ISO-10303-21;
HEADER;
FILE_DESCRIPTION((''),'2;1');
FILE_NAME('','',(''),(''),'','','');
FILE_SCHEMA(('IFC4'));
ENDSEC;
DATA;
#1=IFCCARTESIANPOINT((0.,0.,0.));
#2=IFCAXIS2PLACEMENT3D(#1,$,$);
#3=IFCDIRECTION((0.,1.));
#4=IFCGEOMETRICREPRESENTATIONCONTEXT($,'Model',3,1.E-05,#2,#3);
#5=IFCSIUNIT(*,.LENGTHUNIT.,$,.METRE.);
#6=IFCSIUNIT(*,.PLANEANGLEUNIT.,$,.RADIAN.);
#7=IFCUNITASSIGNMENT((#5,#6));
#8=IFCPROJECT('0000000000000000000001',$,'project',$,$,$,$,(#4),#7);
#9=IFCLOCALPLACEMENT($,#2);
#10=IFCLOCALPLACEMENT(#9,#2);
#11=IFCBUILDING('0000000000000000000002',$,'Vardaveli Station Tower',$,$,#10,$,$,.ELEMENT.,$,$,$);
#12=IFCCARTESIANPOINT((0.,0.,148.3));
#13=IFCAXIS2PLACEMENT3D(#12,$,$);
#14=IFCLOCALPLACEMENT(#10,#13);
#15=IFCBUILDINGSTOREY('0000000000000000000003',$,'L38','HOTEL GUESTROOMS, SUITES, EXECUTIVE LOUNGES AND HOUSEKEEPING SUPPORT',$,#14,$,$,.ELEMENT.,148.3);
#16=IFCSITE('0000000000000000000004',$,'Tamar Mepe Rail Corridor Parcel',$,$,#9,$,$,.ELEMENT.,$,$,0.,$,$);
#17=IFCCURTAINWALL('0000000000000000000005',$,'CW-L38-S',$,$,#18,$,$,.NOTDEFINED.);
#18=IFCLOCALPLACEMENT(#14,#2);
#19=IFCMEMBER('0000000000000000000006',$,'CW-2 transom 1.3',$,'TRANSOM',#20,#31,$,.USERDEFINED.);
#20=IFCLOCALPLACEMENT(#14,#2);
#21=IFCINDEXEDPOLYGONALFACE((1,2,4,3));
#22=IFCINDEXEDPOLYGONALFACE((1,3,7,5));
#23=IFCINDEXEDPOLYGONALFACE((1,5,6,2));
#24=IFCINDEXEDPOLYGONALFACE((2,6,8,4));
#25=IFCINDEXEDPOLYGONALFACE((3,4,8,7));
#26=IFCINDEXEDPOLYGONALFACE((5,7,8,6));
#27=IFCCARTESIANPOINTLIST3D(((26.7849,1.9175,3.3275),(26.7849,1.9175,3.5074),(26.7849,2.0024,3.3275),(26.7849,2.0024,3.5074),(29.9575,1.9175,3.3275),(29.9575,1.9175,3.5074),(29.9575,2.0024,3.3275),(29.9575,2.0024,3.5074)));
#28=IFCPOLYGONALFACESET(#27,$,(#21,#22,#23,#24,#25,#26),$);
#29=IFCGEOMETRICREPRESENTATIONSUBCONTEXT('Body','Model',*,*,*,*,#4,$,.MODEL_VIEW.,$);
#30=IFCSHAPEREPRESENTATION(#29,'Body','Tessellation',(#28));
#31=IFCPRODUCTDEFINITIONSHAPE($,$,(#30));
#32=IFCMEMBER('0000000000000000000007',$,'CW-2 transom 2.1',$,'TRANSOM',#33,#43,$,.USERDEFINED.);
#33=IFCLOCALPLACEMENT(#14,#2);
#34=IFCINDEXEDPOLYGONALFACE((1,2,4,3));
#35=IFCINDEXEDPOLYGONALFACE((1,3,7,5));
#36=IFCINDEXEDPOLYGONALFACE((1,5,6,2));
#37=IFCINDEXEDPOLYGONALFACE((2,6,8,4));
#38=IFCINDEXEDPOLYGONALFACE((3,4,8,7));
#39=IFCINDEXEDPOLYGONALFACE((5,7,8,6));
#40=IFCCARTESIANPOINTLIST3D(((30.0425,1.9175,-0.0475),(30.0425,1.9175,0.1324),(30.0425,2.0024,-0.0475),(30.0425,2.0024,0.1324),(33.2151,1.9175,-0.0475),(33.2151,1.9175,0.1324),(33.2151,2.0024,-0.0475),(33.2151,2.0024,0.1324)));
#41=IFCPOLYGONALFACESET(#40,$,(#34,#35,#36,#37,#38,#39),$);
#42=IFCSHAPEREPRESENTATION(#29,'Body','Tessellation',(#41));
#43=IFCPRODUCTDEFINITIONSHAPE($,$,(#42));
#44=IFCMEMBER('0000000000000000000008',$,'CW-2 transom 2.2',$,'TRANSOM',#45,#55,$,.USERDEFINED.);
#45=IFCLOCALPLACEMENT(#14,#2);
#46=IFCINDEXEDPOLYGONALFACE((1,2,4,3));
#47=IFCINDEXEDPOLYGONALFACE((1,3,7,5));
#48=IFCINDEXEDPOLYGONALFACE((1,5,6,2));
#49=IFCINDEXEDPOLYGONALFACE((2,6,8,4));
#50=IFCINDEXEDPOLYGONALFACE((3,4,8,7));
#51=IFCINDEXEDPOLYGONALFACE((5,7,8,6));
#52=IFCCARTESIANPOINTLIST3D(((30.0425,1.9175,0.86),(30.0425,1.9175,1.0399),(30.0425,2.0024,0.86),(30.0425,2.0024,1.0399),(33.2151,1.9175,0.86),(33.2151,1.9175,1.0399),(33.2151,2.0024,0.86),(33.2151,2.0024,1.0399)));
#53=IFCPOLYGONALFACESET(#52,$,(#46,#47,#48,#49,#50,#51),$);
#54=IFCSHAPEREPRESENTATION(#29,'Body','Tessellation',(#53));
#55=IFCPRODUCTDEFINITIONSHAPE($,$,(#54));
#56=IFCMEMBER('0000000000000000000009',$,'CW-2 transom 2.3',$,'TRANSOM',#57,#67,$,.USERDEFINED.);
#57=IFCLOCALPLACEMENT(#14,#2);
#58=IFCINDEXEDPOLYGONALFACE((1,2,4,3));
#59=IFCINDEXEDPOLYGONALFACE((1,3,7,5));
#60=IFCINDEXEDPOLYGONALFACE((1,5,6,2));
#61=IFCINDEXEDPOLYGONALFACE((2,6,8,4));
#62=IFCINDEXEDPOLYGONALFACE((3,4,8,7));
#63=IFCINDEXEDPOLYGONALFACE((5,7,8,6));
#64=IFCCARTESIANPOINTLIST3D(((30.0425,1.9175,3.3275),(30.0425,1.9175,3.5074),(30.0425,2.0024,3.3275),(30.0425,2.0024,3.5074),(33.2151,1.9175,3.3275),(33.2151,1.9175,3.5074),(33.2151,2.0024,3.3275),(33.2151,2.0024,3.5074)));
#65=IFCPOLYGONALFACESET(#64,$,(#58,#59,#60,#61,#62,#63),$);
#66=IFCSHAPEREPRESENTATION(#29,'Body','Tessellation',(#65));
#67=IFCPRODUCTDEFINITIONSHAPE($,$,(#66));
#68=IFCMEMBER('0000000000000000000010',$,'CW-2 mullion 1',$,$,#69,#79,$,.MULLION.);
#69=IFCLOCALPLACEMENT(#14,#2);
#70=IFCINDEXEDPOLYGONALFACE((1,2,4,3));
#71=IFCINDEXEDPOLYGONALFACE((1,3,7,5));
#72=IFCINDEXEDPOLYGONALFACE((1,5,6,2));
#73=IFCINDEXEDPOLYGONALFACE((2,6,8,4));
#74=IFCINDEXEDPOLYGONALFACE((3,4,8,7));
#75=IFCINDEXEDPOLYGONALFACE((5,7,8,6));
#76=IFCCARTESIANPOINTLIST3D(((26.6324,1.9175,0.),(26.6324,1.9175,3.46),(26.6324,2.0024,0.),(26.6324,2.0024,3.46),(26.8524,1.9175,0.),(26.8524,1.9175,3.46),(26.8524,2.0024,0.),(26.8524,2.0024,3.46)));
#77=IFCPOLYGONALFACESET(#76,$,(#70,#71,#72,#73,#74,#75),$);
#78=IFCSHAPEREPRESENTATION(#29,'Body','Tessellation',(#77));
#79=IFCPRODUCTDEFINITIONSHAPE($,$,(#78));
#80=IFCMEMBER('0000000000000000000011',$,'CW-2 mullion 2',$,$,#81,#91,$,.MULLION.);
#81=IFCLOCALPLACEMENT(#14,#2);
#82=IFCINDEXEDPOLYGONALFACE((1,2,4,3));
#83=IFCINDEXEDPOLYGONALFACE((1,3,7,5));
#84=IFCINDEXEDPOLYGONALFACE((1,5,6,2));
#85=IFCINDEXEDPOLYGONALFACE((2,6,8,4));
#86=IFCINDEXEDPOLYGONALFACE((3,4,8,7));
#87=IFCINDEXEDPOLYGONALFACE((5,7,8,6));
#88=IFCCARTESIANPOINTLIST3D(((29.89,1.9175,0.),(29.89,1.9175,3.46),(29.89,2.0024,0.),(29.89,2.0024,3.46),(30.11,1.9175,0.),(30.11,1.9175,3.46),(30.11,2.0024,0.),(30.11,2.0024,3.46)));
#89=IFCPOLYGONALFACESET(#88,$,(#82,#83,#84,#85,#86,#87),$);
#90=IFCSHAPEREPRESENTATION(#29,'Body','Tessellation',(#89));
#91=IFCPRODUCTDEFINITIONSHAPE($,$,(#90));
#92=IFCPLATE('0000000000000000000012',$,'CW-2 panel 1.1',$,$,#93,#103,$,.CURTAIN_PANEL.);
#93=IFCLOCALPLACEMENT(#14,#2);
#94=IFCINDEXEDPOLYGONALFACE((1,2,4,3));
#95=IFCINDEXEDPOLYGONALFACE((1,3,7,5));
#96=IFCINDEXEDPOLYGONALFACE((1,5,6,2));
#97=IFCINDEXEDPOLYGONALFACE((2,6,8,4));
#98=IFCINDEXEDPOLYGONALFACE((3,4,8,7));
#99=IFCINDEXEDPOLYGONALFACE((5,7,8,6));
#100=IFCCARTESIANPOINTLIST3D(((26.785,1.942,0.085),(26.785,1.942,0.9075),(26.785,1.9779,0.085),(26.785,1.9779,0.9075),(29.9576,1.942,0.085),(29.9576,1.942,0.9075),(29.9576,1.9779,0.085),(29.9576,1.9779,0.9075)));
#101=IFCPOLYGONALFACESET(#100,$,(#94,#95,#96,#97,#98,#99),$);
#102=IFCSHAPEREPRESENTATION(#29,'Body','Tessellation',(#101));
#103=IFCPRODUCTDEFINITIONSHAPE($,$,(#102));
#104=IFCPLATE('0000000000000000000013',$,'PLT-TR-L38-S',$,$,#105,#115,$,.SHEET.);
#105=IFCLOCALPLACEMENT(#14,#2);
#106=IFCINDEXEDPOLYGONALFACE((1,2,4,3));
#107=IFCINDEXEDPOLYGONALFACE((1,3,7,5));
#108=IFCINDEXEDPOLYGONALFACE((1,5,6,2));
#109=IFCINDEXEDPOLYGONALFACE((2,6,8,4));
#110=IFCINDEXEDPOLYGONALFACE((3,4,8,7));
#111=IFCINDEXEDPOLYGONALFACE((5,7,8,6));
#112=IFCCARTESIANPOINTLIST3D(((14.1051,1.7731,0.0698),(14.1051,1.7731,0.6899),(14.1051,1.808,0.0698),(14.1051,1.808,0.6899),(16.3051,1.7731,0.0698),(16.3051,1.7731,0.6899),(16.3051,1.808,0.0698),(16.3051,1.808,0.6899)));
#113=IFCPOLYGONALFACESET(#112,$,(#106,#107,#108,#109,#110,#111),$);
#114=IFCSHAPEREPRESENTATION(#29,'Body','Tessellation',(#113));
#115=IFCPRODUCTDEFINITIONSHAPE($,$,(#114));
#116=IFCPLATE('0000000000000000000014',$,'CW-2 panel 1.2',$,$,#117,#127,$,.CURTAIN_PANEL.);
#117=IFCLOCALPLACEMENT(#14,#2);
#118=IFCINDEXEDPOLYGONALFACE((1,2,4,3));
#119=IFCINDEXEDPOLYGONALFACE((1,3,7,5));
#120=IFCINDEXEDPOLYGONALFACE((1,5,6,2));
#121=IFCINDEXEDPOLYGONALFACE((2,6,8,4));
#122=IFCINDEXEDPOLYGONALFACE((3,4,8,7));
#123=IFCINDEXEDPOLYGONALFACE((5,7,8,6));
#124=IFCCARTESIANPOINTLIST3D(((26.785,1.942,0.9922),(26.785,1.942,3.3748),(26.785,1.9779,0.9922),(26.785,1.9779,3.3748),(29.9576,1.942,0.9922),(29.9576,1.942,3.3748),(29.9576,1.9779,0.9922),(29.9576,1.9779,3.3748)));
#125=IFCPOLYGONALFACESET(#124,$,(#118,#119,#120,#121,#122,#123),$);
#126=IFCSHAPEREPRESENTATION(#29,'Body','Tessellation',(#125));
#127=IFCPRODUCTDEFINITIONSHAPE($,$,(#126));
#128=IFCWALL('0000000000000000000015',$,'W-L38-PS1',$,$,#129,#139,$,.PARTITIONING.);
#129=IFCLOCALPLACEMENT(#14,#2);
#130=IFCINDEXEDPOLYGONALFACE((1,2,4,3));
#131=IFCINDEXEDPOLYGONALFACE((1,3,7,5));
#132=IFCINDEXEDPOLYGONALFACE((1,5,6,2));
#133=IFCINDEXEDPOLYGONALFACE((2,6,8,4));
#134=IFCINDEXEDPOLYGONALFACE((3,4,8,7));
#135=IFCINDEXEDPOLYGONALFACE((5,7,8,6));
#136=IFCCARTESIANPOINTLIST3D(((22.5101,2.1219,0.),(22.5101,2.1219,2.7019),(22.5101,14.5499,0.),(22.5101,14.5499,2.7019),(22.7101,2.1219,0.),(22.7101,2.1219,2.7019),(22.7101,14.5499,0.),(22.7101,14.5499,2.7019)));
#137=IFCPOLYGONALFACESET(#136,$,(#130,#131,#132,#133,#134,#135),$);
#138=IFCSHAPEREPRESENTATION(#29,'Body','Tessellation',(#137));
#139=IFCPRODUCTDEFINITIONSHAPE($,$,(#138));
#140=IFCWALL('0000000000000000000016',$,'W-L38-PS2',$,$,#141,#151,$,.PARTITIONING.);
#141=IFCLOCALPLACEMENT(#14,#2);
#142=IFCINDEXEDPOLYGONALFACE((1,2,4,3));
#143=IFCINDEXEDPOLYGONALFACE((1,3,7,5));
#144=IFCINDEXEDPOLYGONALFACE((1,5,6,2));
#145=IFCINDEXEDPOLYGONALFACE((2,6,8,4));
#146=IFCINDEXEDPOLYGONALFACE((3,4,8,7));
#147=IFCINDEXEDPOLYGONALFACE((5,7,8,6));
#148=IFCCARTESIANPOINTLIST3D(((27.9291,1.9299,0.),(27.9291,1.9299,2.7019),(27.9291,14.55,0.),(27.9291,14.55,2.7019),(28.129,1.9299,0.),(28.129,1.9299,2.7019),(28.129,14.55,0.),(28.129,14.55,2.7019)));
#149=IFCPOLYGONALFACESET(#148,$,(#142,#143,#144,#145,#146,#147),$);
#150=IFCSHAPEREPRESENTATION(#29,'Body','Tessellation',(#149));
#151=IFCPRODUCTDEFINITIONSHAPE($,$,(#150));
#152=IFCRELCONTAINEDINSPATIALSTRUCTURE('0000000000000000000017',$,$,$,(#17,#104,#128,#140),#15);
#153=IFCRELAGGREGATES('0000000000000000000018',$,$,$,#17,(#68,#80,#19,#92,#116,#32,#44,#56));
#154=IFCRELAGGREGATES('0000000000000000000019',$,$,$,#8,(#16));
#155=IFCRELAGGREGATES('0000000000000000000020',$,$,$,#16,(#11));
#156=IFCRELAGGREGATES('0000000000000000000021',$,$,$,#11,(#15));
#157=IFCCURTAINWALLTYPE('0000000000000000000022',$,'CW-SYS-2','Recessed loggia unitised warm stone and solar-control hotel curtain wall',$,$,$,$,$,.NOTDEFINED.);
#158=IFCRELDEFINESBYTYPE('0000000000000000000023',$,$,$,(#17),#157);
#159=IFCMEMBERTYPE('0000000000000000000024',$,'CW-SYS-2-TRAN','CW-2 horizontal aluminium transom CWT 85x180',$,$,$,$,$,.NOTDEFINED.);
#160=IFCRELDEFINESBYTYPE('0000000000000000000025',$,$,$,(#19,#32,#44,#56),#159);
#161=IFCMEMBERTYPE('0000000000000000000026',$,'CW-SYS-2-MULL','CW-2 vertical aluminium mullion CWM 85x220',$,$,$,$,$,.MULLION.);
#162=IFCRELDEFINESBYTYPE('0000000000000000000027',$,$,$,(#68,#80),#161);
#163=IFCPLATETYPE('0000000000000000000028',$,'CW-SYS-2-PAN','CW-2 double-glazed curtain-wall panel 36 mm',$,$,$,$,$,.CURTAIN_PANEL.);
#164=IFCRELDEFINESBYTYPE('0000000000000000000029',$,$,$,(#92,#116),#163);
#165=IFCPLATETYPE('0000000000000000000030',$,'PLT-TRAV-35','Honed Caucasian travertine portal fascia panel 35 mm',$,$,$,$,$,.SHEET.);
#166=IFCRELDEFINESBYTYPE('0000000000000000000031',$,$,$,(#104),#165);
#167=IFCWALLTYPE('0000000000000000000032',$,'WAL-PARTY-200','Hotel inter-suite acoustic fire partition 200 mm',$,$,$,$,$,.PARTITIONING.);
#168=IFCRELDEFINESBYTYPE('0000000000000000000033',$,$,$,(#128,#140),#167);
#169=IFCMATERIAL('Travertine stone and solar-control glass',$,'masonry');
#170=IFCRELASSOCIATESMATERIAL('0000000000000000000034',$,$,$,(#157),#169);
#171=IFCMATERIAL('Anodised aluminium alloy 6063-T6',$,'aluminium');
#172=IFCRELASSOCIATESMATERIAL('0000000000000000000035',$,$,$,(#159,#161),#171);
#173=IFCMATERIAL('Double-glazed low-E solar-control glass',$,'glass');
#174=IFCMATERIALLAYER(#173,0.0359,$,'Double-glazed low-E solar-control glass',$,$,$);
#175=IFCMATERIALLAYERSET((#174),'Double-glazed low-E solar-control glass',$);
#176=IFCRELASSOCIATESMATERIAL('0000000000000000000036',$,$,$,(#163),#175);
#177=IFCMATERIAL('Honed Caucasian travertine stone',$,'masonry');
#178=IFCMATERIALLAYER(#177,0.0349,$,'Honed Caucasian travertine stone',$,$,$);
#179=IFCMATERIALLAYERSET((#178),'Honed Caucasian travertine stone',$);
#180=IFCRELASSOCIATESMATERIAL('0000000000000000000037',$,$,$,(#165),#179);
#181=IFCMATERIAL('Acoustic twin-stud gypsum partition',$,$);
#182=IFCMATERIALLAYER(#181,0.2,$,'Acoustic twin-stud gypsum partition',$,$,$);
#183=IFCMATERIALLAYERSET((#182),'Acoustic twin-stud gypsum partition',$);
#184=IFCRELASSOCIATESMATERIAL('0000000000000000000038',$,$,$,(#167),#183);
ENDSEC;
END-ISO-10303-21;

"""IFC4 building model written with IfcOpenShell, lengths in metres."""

from ifc_helpers import new_model, si_unit, direction, frame, frame_2d, origin, origin_2d, place, context, subcontext, project, spatial, rectangle, extrude, source, transform, mapped, material, layer, layer_set, material_profile, profile_set, type_object, element, aggregate, save


model = new_model("IFC4")

# Units and contexts
model_context = context("Model", 3, precision=1e-05, world=origin(), true_north=direction((0.0, 1.0)))
body_context = subcontext(model_context, "Body", "Model", "MODEL_VIEW")
ifc_project = project(units=[si_unit("LENGTHUNIT", "METRE"), si_unit("PLANEANGLEUNIT", "RADIAN")], contexts=[model_context])

# Site, building, storey
site_placement = place(None, origin())
site = spatial("IfcSite", under=ifc_project, at=site_placement, Name="Tamar Mepe Rail Corridor Parcel", CompositionType="ELEMENT", RefElevation=0.0)
building_placement = place(site_placement, origin())
building = spatial("IfcBuilding", under=site, at=building_placement, Name="Vardaveli Station Tower", CompositionType="ELEMENT")
storey_placement = place(building_placement, frame((0.0, 0.0, 148.3)))
storey = spatial("IfcBuildingStorey", under=building, at=storey_placement, Name="L38", Description="HOTEL GUESTROOMS, SUITES, EXECUTIVE LOUNGES AND HOUSEKEEPING SUPPORT", CompositionType="ELEMENT", Elevation=148.3)

# Curtain wall, members, plate
ifc_material_1 = material(Name="Travertine stone and solar-control glass", Category="masonry")
curtain_wall_type = type_object("IfcCurtainWallType", Name="CW-SYS-2", Description="Recessed loggia unitised warm stone and solar-control hotel curtain wall", PredefinedType="NOTDEFINED", material=ifc_material_1)
curtain_wall_placement = place(storey_placement, origin())
curtain_wall = element("IfcCurtainWall", 1, at=curtain_wall_placement, inside=storey, type_object=curtain_wall_type, Name="CW-L38-S", PredefinedType="NOTDEFINED")
ifc_material_2 = material(Name="Anodised aluminium alloy 6063-T6", Category="aluminium")
ifc_material_profile_1 = material_profile(ifc_material_2, rectangle(XDim=0.085, YDim=0.1799, at=origin_2d()), Name="CWT 85x180")
ifc_profile_set_1 = profile_set([ifc_material_profile_1], Name="Anodised aluminium alloy 6063-T6")
member_type_1 = type_object("IfcMemberType", Name="CW-SYS-2-TRAN", Description="CW-2 horizontal aluminium transom CWT 85x180", PredefinedType="NOTDEFINED", material=ifc_profile_set_1)
shared_shape_1 = source(origin(), body_context, "Body", "SweptSolid", [
    extrude(rectangle(XDim=0.085, YDim=0.1799, at=origin_2d()), origin(), (0.0, 0.0, 1.0), 3.1726),
])
member_1_placement = place(storey_placement, frame((26.7849, 1.96, 3.4175), z_axis=(1.0, 0.0, 0.0), x_axis=(0.0, 1.0, 0.0)))
member_1 = element("IfcMember", 2, at=member_1_placement, type_object=member_type_1, Name="CW-2 transom 1.3", ObjectType="TRANSOM", PredefinedType="USERDEFINED", context=body_context, shape_type="MappedRepresentation", body=[
    mapped(shared_shape_1, transform((0.0, 0.0, 0.0), scale=1.0)),
])
member_2_placement = place(storey_placement, frame((30.0425, 1.96, 0.0425), z_axis=(1.0, 0.0, 0.0), x_axis=(0.0, 1.0, 0.0)))
member_2 = element("IfcMember", 3, at=member_2_placement, type_object=member_type_1, Name="CW-2 transom 2.1", ObjectType="TRANSOM", PredefinedType="USERDEFINED", context=body_context, shape_type="MappedRepresentation", body=[
    mapped(shared_shape_1, transform((0.0, 0.0, 0.0), scale=1.0)),
])
member_3_placement = place(storey_placement, frame((30.0425, 1.96, 0.95), z_axis=(1.0, 0.0, 0.0), x_axis=(0.0, 1.0, 0.0)))
member_3 = element("IfcMember", 4, at=member_3_placement, type_object=member_type_1, Name="CW-2 transom 2.2", ObjectType="TRANSOM", PredefinedType="USERDEFINED", context=body_context, shape_type="MappedRepresentation", body=[
    mapped(shared_shape_1, transform((0.0, 0.0, 0.0), scale=1.0)),
])
member_4_placement = place(storey_placement, frame((30.0425, 1.96, 3.4175), z_axis=(1.0, 0.0, 0.0), x_axis=(0.0, 1.0, 0.0)))
member_4 = element("IfcMember", 5, at=member_4_placement, type_object=member_type_1, Name="CW-2 transom 2.3", ObjectType="TRANSOM", PredefinedType="USERDEFINED", context=body_context, shape_type="MappedRepresentation", body=[
    mapped(shared_shape_1, transform((0.0, 0.0, 0.0), scale=1.0)),
])
ifc_material_profile_2 = material_profile(ifc_material_2, rectangle(XDim=0.085, YDim=0.22, at=origin_2d()), Name="CWM 85x220")
ifc_profile_set_2 = profile_set([ifc_material_profile_2], Name="Anodised aluminium alloy 6063-T6")
member_type_2 = type_object("IfcMemberType", Name="CW-SYS-2-MULL", Description="CW-2 vertical aluminium mullion CWM 85x220", PredefinedType="MULLION", material=ifc_profile_set_2)
shared_shape_2 = source(origin(), body_context, "Body", "SweptSolid", [
    extrude(rectangle(XDim=0.085, YDim=0.22, at=origin_2d()), origin(), (0.0, 0.0, 1.0), 3.46),
])
member_5_placement = place(storey_placement, frame((26.7424, 1.96, 0.0), z_axis=(0.0, 0.0, 1.0), x_axis=(0.0, 1.0, 0.0)))
member_5 = element("IfcMember", 6, at=member_5_placement, type_object=member_type_2, Name="CW-2 mullion 1", PredefinedType="MULLION", context=body_context, shape_type="MappedRepresentation", body=[
    mapped(shared_shape_2, transform((0.0, 0.0, 0.0), scale=1.0)),
])
member_6_placement = place(storey_placement, frame((30.0, 1.96, 0.0), z_axis=(0.0, 0.0, 1.0), x_axis=(0.0, 1.0, 0.0)))
member_6 = element("IfcMember", 7, at=member_6_placement, type_object=member_type_2, Name="CW-2 mullion 2", PredefinedType="MULLION", context=body_context, shape_type="MappedRepresentation", body=[
    mapped(shared_shape_2, transform((0.0, 0.0, 0.0), scale=1.0)),
])
ifc_material_3 = material(Name="Double-glazed low-E solar-control glass", Category="glass")
ifc_layer_1 = layer(ifc_material_3, 0.0359, Name="Double-glazed low-E solar-control glass")
ifc_layer_set_1 = layer_set([ifc_layer_1], Name="Double-glazed low-E solar-control glass")
plate_type_1 = type_object("IfcPlateType", Name="CW-SYS-2-PAN", Description="CW-2 double-glazed curtain-wall panel 36 mm", PredefinedType="CURTAIN_PANEL", material=ifc_layer_set_1)
shared_shape_3 = source(origin(), body_context, "Body", "SweptSolid", [
    extrude(rectangle(XDim=3.1726, YDim=0.0359, at=origin_2d()), origin(), (0.0, 0.0, 1.0), 0.8225),
])
plate_1_placement = place(storey_placement, frame((28.3713, 1.96, 0.085), z_axis=(0.0, 0.0, 1.0), x_axis=(1.0, 0.0, 0.0)))
plate_1 = element("IfcPlate", 8, at=plate_1_placement, type_object=plate_type_1, Name="CW-2 panel 1.1", PredefinedType="CURTAIN_PANEL", context=body_context, shape_type="MappedRepresentation", body=[
    mapped(shared_shape_3, transform((0.0, 0.0, 0.0), scale=1.0)),
])

# Plates
ifc_material_4 = material(Name="Honed Caucasian travertine stone", Category="masonry")
ifc_layer_2 = layer(ifc_material_4, 0.0349, Name="Honed Caucasian travertine stone")
ifc_layer_set_2 = layer_set([ifc_layer_2], Name="Honed Caucasian travertine stone")
plate_type_2 = type_object("IfcPlateType", Name="PLT-TRAV-35", Description="Honed Caucasian travertine portal fascia panel 35 mm", PredefinedType="SHEET", material=ifc_layer_set_2)
shared_shape_4 = source(origin(), body_context, "Body", "SweptSolid", [
    extrude(rectangle(XDim=2.2, YDim=0.0349, at=origin_2d()), origin(), (0.0, 0.0, 1.0), 0.6201),
])
plate_2_placement = place(storey_placement, frame((15.2051, 1.7905, 0.0698), z_axis=(0.0, 0.0, 1.0), x_axis=(1.0, 0.0, 0.0)))
element("IfcPlate", 9, at=plate_2_placement, inside=storey, type_object=plate_type_2, Name="PLT-TR-L38-S", PredefinedType="SHEET", context=body_context, shape_type="MappedRepresentation", body=[
    mapped(shared_shape_4, transform((0.0, 0.0, 0.0), scale=1.0)),
])
shared_shape_5 = source(origin(), body_context, "Body", "SweptSolid", [
    extrude(rectangle(XDim=3.1726, YDim=0.0359, at=origin_2d()), origin(), (0.0, 0.0, 1.0), 2.3826),
])
plate_3_placement = place(storey_placement, frame((28.3713, 1.96, 0.9922), z_axis=(0.0, 0.0, 1.0), x_axis=(1.0, 0.0, 0.0)))
plate_3 = element("IfcPlate", 10, at=plate_3_placement, type_object=plate_type_1, Name="CW-2 panel 1.2", PredefinedType="CURTAIN_PANEL", context=body_context, shape_type="MappedRepresentation", body=[
    mapped(shared_shape_5, transform((0.0, 0.0, 0.0), scale=1.0)),
])
aggregate(curtain_wall, [member_5, member_6, member_1, plate_1, plate_3, member_2, member_3, member_4])

# Walls
ifc_material_5 = material(Name="Acoustic twin-stud gypsum partition")
ifc_layer_3 = layer(ifc_material_5, 0.2, Name="Acoustic twin-stud gypsum partition")
ifc_layer_set_3 = layer_set([ifc_layer_3], Name="Acoustic twin-stud gypsum partition")
wall_type = type_object("IfcWallType", Name="WAL-PARTY-200", Description="Hotel inter-suite acoustic fire partition 200 mm", PredefinedType="PARTITIONING", material=ifc_layer_set_3)
shared_shape_6 = source(origin(), body_context, "Body", "SweptSolid", [
    extrude(rectangle(XDim=12.428, YDim=0.2, at=frame_2d((6.2139, 0.0))), origin(), (0.0, 0.0, 1.0), 2.7019),
])
wall_1_placement = place(storey_placement, frame((22.6101, 2.1221, 0.0), z_axis=(0.0, 0.0, 1.0), x_axis=(0.0, 1.0, 0.0)))
element("IfcWall", 11, at=wall_1_placement, inside=storey, type_object=wall_type, Name="W-L38-PS1", PredefinedType="PARTITIONING", context=body_context, shape_type="MappedRepresentation", body=[
    mapped(shared_shape_6, transform((0.0, 0.0, 0.0), scale=1.0)),
])
shared_shape_7 = source(origin(), body_context, "Body", "SweptSolid", [
    extrude(rectangle(XDim=12.6201, YDim=0.2, at=frame_2d((6.3101, 0.0))), origin(), (0.0, 0.0, 1.0), 2.7019),
])
wall_2_placement = place(storey_placement, frame((28.0291, 1.9299, 0.0), z_axis=(0.0, 0.0, 1.0), x_axis=(0.0, 1.0, 0.0)))
element("IfcWall", 12, at=wall_2_placement, inside=storey, type_object=wall_type, Name="W-L38-PS2", PredefinedType="PARTITIONING", context=body_context, shape_type="MappedRepresentation", body=[
    mapped(shared_shape_7, transform((0.0, 0.0, 0.0), scale=1.0)),
])

save(model, "model.ifc")
